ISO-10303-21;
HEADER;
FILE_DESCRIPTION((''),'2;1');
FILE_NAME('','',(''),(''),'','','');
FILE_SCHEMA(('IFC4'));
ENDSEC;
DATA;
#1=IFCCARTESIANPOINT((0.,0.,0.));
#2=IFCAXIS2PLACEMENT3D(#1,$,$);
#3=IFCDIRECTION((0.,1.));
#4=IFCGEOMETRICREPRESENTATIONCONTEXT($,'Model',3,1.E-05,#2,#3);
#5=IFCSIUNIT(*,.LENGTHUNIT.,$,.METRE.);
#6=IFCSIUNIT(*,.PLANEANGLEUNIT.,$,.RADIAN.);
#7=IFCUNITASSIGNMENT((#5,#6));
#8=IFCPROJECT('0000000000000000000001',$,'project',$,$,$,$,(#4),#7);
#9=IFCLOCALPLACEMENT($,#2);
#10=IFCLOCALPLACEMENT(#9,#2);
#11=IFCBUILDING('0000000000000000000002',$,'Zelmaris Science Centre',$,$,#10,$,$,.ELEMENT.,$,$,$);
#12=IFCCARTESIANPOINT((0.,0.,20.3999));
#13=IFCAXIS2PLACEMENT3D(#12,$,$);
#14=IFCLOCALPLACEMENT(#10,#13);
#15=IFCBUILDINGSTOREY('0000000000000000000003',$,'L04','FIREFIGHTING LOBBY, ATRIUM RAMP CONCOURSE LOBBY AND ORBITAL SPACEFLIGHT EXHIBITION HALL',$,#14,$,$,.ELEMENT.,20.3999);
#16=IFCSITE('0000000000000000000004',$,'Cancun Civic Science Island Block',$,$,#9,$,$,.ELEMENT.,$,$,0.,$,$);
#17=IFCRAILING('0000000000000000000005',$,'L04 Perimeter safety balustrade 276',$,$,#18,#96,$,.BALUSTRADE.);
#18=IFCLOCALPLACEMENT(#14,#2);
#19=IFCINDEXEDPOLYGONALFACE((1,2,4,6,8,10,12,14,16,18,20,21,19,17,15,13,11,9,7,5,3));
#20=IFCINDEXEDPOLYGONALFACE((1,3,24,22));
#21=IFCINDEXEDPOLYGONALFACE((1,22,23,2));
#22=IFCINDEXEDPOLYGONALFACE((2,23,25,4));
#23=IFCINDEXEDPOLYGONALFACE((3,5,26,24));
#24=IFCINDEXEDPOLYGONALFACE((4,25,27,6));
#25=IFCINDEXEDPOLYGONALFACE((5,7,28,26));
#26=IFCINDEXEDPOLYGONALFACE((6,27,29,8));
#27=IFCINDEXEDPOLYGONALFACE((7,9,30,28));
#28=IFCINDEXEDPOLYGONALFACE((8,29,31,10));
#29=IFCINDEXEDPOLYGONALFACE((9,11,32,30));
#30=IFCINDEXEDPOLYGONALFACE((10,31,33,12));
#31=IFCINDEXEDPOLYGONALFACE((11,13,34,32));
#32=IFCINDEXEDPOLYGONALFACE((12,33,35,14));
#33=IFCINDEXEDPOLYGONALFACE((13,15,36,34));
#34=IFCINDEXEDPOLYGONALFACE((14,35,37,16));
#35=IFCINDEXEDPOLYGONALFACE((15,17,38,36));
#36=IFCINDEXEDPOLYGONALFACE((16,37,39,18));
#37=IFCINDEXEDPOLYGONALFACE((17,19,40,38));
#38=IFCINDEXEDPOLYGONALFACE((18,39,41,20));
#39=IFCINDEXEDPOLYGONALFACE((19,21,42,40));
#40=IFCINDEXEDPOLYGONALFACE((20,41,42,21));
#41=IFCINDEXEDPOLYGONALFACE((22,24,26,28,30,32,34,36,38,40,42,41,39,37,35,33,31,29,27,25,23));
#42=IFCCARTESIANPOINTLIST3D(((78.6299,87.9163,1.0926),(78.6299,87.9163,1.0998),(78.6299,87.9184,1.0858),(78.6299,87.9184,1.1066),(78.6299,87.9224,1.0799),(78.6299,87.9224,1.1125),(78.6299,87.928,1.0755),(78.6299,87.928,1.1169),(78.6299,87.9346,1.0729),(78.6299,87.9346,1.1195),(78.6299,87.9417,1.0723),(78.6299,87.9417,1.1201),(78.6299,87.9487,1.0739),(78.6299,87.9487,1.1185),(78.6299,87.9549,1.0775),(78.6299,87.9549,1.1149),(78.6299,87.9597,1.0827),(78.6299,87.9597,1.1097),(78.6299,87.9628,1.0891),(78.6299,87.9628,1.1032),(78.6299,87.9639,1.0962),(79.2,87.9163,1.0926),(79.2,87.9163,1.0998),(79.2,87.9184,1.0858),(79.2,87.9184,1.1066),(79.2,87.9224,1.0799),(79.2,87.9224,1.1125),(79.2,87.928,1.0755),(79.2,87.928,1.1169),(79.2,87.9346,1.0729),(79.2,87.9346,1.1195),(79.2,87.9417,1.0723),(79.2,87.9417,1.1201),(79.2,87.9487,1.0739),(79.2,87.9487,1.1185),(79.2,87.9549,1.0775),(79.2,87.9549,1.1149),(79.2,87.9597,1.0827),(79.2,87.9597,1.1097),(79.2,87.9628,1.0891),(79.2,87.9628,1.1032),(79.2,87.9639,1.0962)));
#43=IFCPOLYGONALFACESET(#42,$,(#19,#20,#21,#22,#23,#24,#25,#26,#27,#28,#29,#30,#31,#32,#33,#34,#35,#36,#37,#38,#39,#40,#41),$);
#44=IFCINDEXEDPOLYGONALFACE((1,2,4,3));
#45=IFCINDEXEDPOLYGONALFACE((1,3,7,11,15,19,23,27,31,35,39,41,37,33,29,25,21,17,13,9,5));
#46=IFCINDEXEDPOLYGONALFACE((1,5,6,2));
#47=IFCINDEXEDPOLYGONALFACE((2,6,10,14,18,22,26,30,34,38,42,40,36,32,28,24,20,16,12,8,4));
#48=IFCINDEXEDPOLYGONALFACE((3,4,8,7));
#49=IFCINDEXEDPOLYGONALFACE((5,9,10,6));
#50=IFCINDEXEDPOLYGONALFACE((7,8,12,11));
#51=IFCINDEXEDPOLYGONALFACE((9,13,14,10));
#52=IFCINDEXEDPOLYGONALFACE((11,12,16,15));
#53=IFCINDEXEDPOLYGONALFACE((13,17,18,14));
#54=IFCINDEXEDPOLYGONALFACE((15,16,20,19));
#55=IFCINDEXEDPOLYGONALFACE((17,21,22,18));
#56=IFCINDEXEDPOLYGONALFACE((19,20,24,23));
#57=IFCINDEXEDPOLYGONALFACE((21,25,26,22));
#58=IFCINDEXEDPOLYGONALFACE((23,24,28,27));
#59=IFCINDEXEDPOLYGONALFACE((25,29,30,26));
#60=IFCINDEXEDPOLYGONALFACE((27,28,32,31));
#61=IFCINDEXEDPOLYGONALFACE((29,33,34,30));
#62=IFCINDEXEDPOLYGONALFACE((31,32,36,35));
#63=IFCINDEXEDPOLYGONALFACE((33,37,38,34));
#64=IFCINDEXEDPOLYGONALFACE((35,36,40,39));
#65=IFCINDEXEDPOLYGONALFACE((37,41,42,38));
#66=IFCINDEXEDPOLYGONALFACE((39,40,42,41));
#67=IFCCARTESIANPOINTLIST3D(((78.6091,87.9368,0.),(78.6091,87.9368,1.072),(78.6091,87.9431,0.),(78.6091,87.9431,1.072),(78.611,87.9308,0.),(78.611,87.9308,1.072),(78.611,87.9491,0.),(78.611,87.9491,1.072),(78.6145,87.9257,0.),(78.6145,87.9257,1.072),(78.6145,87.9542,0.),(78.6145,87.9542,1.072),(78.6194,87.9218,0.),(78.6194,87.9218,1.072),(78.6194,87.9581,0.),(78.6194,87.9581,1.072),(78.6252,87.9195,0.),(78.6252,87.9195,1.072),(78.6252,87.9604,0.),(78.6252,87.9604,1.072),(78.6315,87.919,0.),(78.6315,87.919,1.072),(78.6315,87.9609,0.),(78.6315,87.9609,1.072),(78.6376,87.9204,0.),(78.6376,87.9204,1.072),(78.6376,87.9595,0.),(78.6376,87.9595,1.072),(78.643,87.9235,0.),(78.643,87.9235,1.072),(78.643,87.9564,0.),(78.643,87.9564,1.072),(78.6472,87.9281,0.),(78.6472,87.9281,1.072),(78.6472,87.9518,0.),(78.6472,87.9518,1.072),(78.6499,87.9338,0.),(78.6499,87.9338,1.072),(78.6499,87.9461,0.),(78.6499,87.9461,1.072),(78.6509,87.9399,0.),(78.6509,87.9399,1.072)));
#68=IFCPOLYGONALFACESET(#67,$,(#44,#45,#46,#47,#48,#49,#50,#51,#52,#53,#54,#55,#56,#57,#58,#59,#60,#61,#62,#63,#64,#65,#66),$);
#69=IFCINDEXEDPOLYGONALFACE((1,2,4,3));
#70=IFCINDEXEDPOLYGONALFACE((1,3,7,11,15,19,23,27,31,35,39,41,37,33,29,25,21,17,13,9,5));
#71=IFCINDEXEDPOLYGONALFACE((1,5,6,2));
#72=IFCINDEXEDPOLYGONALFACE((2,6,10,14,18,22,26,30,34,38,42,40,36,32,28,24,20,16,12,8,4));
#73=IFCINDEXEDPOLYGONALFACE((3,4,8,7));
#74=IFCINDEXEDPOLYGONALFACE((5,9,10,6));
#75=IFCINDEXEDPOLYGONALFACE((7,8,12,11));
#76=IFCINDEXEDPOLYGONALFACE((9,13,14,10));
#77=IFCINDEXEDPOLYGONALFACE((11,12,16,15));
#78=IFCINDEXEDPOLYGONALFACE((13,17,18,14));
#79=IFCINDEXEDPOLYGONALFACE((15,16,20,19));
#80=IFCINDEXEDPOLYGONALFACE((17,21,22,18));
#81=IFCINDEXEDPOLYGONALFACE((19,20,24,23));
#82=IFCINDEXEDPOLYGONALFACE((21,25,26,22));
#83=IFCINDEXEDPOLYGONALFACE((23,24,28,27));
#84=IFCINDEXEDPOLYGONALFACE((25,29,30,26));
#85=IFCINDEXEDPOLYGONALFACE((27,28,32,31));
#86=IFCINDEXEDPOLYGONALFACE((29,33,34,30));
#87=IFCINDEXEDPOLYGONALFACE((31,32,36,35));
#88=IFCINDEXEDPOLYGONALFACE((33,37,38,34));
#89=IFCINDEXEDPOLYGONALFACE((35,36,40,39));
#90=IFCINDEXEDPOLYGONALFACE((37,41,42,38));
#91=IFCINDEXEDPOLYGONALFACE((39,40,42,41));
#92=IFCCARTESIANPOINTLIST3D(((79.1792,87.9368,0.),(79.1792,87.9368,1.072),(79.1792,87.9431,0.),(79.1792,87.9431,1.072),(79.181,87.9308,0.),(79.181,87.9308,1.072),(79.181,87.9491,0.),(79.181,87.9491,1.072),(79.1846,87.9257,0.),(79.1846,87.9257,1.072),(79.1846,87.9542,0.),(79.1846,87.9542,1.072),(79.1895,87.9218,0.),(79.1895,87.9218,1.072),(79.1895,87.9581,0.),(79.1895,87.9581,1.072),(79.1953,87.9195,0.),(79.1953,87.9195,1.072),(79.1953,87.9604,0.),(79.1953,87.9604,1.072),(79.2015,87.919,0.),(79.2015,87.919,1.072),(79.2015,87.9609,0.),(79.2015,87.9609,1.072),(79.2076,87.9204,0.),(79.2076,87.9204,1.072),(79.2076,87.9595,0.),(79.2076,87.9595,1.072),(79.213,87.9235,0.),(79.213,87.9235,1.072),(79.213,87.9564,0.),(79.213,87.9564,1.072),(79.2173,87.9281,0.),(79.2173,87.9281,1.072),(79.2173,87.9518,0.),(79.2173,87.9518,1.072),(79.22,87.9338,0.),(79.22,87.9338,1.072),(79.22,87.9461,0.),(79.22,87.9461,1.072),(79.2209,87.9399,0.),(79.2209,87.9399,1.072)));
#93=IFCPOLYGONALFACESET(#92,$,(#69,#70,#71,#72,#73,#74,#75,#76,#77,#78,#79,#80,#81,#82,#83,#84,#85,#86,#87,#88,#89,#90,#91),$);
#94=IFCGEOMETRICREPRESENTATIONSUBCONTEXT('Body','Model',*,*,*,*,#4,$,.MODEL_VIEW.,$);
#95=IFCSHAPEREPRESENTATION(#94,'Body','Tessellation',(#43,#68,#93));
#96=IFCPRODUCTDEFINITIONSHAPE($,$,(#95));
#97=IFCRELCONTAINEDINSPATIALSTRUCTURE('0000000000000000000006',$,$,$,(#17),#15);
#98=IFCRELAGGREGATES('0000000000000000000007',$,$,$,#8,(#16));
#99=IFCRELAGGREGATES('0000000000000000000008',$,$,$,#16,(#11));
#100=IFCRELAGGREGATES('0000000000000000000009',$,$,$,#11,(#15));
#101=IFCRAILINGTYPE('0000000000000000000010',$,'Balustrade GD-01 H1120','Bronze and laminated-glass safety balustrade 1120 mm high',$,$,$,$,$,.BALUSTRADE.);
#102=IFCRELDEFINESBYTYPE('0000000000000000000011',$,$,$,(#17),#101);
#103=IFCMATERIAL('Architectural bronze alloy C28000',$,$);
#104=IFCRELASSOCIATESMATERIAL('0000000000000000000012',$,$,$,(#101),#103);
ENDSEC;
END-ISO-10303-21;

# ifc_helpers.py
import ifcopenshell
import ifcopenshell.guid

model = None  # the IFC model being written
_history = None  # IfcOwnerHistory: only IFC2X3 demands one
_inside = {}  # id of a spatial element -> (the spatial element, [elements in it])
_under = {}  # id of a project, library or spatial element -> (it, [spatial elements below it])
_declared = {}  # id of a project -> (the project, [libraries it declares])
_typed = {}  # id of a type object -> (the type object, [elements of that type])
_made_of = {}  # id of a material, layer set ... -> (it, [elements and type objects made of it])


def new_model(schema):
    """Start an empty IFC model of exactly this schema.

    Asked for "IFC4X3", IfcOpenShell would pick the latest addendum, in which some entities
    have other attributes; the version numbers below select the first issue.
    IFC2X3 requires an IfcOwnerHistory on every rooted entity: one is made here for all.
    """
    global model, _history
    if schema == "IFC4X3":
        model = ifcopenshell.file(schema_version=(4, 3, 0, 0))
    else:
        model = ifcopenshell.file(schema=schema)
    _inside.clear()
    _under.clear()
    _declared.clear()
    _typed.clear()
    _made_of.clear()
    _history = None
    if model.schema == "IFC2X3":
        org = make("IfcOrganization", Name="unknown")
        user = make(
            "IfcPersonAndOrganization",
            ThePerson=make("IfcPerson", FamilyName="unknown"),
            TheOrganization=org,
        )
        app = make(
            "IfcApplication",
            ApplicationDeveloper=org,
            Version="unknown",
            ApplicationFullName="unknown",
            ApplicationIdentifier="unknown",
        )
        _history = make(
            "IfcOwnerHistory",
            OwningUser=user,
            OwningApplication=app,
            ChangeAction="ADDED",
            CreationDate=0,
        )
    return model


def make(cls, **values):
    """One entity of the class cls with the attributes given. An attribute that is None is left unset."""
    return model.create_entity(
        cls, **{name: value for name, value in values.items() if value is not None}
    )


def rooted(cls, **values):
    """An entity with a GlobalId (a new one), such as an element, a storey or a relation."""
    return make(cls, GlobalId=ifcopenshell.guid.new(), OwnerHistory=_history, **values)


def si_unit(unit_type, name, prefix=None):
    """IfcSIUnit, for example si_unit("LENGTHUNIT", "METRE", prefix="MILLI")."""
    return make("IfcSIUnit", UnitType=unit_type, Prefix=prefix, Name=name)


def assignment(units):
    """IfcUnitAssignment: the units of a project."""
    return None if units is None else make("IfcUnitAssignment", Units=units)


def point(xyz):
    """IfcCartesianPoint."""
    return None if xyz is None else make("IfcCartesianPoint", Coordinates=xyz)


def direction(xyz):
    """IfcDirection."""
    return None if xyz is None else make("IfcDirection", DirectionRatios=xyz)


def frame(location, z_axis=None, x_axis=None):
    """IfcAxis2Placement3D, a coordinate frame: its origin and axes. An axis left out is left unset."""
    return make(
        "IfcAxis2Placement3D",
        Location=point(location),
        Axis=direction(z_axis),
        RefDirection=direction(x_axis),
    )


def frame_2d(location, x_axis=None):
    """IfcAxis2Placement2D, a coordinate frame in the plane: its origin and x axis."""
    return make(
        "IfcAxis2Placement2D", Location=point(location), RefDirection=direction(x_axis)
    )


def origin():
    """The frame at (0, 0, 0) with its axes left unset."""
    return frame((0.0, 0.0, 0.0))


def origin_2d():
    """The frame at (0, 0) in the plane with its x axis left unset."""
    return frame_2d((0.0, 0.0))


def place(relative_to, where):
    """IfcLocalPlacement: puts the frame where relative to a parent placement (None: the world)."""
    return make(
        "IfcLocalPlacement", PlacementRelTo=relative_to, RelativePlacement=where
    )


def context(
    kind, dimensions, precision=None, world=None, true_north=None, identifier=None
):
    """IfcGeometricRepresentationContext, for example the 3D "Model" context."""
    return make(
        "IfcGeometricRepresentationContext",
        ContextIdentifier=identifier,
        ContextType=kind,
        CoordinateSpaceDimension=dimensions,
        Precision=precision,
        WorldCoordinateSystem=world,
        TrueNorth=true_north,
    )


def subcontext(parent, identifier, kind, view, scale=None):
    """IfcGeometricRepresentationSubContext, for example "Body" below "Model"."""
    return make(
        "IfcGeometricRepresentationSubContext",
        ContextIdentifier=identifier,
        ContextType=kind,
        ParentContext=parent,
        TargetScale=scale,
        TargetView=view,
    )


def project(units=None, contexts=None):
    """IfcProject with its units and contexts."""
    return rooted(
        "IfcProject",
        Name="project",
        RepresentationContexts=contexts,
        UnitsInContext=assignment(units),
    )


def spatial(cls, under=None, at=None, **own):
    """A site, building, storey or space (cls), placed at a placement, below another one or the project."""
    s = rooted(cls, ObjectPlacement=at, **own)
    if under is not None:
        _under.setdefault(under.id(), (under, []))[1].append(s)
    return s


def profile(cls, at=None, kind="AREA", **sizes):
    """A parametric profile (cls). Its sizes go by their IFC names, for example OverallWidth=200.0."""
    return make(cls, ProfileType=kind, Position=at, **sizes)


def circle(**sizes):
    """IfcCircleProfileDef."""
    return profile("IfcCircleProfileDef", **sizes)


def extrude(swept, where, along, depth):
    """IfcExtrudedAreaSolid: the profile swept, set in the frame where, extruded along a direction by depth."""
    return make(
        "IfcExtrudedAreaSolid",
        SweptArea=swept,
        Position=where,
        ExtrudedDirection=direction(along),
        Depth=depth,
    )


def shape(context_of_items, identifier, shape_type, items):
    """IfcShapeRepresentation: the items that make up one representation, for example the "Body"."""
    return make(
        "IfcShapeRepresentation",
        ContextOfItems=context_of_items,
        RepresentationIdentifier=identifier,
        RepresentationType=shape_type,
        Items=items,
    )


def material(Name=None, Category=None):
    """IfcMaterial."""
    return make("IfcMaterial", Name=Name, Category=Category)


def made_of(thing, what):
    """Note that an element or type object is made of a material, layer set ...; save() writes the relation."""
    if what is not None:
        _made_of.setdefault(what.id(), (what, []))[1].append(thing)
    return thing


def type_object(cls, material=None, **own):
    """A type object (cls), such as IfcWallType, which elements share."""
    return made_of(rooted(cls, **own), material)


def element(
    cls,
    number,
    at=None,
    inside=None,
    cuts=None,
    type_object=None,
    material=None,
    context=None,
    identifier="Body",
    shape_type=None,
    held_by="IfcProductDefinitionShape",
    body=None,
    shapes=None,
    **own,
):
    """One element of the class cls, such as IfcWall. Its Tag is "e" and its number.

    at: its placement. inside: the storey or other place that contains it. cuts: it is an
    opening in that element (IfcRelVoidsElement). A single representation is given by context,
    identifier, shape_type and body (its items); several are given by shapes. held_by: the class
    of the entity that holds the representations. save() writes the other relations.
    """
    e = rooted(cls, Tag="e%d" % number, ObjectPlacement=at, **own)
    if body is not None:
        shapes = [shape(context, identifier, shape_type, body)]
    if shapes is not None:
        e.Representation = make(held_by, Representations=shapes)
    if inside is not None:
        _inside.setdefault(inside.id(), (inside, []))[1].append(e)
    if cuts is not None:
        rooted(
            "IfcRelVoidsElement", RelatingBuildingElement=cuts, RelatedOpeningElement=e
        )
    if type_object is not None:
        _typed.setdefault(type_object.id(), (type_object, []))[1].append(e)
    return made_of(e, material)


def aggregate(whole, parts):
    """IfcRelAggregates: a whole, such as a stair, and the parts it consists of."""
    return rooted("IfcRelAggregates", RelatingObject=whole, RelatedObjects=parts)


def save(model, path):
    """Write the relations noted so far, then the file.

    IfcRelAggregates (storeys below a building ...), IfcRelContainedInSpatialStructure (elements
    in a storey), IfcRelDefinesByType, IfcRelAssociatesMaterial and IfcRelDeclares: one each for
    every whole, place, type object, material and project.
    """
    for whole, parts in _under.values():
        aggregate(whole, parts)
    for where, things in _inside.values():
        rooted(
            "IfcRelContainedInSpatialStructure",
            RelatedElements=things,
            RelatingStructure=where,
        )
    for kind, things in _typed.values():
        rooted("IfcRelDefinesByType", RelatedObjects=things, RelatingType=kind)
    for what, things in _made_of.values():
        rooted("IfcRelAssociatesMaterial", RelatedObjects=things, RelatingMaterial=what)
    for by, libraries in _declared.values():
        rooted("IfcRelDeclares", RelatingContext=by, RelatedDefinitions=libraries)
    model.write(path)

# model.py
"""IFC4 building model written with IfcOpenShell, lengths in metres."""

from ifc_helpers import new_model, si_unit, direction, frame, origin, origin_2d, place, context, subcontext, project, spatial, circle, extrude, material, type_object, element, save


model = new_model("IFC4")

# Units and contexts
model_context = context("Model", 3, precision=1e-05, world=origin(), true_north=direction((0.0, 1.0)))
body_context = subcontext(model_context, "Body", "Model", "MODEL_VIEW")
ifc_project = project(units=[si_unit("LENGTHUNIT", "METRE"), si_unit("PLANEANGLEUNIT", "RADIAN")], contexts=[model_context])

# Site, building, storey
site_placement = place(None, origin())
site = spatial("IfcSite", under=ifc_project, at=site_placement, Name="Cancun Civic Science Island Block", CompositionType="ELEMENT", RefElevation=0.0)
building_placement = place(site_placement, origin())
building = spatial("IfcBuilding", under=site, at=building_placement, Name="Zelmaris Science Centre", CompositionType="ELEMENT")
storey_placement = place(building_placement, frame((0.0, 0.0, 20.3999)))
storey = spatial("IfcBuildingStorey", under=building, at=storey_placement, Name="L04", Description="FIREFIGHTING LOBBY, ATRIUM RAMP CONCOURSE LOBBY AND ORBITAL SPACEFLIGHT EXHIBITION HALL", CompositionType="ELEMENT", Elevation=20.3999)

# Railing
ifc_material_1 = material(Name="Architectural bronze alloy C28000")
railing_type = type_object("IfcRailingType", Name="Balustrade GD-01 H1120", Description="Bronze and laminated-glass safety balustrade 1120 mm high", PredefinedType="BALUSTRADE", material=ifc_material_1)
railing_placement = place(storey_placement, frame((78.6299, 87.9399, 0.0)))
element("IfcRailing", 1, at=railing_placement, inside=storey, type_object=railing_type, Name="L04 Perimeter safety balustrade 276", PredefinedType="BALUSTRADE", context=body_context, shape_type="SweptSolid", body=[
    extrude(circle(Radius=0.0239, at=origin_2d()), frame((0.0, 0.0, 1.0962), z_axis=(1.0, 0.0, 0.0), x_axis=(0.0, 1.0, 0.0)), (0.0, 0.0, 1.0), 0.5701),
    extrude(circle(Radius=0.021, at=origin_2d()), origin(), (0.0, 0.0, 1.0), 1.072),
    extrude(circle(Radius=0.021, at=origin_2d()), frame((0.5701, 0.0, 0.0)), (0.0, 0.0, 1.0), 1.072),
])

save(model, "model.ifc")
